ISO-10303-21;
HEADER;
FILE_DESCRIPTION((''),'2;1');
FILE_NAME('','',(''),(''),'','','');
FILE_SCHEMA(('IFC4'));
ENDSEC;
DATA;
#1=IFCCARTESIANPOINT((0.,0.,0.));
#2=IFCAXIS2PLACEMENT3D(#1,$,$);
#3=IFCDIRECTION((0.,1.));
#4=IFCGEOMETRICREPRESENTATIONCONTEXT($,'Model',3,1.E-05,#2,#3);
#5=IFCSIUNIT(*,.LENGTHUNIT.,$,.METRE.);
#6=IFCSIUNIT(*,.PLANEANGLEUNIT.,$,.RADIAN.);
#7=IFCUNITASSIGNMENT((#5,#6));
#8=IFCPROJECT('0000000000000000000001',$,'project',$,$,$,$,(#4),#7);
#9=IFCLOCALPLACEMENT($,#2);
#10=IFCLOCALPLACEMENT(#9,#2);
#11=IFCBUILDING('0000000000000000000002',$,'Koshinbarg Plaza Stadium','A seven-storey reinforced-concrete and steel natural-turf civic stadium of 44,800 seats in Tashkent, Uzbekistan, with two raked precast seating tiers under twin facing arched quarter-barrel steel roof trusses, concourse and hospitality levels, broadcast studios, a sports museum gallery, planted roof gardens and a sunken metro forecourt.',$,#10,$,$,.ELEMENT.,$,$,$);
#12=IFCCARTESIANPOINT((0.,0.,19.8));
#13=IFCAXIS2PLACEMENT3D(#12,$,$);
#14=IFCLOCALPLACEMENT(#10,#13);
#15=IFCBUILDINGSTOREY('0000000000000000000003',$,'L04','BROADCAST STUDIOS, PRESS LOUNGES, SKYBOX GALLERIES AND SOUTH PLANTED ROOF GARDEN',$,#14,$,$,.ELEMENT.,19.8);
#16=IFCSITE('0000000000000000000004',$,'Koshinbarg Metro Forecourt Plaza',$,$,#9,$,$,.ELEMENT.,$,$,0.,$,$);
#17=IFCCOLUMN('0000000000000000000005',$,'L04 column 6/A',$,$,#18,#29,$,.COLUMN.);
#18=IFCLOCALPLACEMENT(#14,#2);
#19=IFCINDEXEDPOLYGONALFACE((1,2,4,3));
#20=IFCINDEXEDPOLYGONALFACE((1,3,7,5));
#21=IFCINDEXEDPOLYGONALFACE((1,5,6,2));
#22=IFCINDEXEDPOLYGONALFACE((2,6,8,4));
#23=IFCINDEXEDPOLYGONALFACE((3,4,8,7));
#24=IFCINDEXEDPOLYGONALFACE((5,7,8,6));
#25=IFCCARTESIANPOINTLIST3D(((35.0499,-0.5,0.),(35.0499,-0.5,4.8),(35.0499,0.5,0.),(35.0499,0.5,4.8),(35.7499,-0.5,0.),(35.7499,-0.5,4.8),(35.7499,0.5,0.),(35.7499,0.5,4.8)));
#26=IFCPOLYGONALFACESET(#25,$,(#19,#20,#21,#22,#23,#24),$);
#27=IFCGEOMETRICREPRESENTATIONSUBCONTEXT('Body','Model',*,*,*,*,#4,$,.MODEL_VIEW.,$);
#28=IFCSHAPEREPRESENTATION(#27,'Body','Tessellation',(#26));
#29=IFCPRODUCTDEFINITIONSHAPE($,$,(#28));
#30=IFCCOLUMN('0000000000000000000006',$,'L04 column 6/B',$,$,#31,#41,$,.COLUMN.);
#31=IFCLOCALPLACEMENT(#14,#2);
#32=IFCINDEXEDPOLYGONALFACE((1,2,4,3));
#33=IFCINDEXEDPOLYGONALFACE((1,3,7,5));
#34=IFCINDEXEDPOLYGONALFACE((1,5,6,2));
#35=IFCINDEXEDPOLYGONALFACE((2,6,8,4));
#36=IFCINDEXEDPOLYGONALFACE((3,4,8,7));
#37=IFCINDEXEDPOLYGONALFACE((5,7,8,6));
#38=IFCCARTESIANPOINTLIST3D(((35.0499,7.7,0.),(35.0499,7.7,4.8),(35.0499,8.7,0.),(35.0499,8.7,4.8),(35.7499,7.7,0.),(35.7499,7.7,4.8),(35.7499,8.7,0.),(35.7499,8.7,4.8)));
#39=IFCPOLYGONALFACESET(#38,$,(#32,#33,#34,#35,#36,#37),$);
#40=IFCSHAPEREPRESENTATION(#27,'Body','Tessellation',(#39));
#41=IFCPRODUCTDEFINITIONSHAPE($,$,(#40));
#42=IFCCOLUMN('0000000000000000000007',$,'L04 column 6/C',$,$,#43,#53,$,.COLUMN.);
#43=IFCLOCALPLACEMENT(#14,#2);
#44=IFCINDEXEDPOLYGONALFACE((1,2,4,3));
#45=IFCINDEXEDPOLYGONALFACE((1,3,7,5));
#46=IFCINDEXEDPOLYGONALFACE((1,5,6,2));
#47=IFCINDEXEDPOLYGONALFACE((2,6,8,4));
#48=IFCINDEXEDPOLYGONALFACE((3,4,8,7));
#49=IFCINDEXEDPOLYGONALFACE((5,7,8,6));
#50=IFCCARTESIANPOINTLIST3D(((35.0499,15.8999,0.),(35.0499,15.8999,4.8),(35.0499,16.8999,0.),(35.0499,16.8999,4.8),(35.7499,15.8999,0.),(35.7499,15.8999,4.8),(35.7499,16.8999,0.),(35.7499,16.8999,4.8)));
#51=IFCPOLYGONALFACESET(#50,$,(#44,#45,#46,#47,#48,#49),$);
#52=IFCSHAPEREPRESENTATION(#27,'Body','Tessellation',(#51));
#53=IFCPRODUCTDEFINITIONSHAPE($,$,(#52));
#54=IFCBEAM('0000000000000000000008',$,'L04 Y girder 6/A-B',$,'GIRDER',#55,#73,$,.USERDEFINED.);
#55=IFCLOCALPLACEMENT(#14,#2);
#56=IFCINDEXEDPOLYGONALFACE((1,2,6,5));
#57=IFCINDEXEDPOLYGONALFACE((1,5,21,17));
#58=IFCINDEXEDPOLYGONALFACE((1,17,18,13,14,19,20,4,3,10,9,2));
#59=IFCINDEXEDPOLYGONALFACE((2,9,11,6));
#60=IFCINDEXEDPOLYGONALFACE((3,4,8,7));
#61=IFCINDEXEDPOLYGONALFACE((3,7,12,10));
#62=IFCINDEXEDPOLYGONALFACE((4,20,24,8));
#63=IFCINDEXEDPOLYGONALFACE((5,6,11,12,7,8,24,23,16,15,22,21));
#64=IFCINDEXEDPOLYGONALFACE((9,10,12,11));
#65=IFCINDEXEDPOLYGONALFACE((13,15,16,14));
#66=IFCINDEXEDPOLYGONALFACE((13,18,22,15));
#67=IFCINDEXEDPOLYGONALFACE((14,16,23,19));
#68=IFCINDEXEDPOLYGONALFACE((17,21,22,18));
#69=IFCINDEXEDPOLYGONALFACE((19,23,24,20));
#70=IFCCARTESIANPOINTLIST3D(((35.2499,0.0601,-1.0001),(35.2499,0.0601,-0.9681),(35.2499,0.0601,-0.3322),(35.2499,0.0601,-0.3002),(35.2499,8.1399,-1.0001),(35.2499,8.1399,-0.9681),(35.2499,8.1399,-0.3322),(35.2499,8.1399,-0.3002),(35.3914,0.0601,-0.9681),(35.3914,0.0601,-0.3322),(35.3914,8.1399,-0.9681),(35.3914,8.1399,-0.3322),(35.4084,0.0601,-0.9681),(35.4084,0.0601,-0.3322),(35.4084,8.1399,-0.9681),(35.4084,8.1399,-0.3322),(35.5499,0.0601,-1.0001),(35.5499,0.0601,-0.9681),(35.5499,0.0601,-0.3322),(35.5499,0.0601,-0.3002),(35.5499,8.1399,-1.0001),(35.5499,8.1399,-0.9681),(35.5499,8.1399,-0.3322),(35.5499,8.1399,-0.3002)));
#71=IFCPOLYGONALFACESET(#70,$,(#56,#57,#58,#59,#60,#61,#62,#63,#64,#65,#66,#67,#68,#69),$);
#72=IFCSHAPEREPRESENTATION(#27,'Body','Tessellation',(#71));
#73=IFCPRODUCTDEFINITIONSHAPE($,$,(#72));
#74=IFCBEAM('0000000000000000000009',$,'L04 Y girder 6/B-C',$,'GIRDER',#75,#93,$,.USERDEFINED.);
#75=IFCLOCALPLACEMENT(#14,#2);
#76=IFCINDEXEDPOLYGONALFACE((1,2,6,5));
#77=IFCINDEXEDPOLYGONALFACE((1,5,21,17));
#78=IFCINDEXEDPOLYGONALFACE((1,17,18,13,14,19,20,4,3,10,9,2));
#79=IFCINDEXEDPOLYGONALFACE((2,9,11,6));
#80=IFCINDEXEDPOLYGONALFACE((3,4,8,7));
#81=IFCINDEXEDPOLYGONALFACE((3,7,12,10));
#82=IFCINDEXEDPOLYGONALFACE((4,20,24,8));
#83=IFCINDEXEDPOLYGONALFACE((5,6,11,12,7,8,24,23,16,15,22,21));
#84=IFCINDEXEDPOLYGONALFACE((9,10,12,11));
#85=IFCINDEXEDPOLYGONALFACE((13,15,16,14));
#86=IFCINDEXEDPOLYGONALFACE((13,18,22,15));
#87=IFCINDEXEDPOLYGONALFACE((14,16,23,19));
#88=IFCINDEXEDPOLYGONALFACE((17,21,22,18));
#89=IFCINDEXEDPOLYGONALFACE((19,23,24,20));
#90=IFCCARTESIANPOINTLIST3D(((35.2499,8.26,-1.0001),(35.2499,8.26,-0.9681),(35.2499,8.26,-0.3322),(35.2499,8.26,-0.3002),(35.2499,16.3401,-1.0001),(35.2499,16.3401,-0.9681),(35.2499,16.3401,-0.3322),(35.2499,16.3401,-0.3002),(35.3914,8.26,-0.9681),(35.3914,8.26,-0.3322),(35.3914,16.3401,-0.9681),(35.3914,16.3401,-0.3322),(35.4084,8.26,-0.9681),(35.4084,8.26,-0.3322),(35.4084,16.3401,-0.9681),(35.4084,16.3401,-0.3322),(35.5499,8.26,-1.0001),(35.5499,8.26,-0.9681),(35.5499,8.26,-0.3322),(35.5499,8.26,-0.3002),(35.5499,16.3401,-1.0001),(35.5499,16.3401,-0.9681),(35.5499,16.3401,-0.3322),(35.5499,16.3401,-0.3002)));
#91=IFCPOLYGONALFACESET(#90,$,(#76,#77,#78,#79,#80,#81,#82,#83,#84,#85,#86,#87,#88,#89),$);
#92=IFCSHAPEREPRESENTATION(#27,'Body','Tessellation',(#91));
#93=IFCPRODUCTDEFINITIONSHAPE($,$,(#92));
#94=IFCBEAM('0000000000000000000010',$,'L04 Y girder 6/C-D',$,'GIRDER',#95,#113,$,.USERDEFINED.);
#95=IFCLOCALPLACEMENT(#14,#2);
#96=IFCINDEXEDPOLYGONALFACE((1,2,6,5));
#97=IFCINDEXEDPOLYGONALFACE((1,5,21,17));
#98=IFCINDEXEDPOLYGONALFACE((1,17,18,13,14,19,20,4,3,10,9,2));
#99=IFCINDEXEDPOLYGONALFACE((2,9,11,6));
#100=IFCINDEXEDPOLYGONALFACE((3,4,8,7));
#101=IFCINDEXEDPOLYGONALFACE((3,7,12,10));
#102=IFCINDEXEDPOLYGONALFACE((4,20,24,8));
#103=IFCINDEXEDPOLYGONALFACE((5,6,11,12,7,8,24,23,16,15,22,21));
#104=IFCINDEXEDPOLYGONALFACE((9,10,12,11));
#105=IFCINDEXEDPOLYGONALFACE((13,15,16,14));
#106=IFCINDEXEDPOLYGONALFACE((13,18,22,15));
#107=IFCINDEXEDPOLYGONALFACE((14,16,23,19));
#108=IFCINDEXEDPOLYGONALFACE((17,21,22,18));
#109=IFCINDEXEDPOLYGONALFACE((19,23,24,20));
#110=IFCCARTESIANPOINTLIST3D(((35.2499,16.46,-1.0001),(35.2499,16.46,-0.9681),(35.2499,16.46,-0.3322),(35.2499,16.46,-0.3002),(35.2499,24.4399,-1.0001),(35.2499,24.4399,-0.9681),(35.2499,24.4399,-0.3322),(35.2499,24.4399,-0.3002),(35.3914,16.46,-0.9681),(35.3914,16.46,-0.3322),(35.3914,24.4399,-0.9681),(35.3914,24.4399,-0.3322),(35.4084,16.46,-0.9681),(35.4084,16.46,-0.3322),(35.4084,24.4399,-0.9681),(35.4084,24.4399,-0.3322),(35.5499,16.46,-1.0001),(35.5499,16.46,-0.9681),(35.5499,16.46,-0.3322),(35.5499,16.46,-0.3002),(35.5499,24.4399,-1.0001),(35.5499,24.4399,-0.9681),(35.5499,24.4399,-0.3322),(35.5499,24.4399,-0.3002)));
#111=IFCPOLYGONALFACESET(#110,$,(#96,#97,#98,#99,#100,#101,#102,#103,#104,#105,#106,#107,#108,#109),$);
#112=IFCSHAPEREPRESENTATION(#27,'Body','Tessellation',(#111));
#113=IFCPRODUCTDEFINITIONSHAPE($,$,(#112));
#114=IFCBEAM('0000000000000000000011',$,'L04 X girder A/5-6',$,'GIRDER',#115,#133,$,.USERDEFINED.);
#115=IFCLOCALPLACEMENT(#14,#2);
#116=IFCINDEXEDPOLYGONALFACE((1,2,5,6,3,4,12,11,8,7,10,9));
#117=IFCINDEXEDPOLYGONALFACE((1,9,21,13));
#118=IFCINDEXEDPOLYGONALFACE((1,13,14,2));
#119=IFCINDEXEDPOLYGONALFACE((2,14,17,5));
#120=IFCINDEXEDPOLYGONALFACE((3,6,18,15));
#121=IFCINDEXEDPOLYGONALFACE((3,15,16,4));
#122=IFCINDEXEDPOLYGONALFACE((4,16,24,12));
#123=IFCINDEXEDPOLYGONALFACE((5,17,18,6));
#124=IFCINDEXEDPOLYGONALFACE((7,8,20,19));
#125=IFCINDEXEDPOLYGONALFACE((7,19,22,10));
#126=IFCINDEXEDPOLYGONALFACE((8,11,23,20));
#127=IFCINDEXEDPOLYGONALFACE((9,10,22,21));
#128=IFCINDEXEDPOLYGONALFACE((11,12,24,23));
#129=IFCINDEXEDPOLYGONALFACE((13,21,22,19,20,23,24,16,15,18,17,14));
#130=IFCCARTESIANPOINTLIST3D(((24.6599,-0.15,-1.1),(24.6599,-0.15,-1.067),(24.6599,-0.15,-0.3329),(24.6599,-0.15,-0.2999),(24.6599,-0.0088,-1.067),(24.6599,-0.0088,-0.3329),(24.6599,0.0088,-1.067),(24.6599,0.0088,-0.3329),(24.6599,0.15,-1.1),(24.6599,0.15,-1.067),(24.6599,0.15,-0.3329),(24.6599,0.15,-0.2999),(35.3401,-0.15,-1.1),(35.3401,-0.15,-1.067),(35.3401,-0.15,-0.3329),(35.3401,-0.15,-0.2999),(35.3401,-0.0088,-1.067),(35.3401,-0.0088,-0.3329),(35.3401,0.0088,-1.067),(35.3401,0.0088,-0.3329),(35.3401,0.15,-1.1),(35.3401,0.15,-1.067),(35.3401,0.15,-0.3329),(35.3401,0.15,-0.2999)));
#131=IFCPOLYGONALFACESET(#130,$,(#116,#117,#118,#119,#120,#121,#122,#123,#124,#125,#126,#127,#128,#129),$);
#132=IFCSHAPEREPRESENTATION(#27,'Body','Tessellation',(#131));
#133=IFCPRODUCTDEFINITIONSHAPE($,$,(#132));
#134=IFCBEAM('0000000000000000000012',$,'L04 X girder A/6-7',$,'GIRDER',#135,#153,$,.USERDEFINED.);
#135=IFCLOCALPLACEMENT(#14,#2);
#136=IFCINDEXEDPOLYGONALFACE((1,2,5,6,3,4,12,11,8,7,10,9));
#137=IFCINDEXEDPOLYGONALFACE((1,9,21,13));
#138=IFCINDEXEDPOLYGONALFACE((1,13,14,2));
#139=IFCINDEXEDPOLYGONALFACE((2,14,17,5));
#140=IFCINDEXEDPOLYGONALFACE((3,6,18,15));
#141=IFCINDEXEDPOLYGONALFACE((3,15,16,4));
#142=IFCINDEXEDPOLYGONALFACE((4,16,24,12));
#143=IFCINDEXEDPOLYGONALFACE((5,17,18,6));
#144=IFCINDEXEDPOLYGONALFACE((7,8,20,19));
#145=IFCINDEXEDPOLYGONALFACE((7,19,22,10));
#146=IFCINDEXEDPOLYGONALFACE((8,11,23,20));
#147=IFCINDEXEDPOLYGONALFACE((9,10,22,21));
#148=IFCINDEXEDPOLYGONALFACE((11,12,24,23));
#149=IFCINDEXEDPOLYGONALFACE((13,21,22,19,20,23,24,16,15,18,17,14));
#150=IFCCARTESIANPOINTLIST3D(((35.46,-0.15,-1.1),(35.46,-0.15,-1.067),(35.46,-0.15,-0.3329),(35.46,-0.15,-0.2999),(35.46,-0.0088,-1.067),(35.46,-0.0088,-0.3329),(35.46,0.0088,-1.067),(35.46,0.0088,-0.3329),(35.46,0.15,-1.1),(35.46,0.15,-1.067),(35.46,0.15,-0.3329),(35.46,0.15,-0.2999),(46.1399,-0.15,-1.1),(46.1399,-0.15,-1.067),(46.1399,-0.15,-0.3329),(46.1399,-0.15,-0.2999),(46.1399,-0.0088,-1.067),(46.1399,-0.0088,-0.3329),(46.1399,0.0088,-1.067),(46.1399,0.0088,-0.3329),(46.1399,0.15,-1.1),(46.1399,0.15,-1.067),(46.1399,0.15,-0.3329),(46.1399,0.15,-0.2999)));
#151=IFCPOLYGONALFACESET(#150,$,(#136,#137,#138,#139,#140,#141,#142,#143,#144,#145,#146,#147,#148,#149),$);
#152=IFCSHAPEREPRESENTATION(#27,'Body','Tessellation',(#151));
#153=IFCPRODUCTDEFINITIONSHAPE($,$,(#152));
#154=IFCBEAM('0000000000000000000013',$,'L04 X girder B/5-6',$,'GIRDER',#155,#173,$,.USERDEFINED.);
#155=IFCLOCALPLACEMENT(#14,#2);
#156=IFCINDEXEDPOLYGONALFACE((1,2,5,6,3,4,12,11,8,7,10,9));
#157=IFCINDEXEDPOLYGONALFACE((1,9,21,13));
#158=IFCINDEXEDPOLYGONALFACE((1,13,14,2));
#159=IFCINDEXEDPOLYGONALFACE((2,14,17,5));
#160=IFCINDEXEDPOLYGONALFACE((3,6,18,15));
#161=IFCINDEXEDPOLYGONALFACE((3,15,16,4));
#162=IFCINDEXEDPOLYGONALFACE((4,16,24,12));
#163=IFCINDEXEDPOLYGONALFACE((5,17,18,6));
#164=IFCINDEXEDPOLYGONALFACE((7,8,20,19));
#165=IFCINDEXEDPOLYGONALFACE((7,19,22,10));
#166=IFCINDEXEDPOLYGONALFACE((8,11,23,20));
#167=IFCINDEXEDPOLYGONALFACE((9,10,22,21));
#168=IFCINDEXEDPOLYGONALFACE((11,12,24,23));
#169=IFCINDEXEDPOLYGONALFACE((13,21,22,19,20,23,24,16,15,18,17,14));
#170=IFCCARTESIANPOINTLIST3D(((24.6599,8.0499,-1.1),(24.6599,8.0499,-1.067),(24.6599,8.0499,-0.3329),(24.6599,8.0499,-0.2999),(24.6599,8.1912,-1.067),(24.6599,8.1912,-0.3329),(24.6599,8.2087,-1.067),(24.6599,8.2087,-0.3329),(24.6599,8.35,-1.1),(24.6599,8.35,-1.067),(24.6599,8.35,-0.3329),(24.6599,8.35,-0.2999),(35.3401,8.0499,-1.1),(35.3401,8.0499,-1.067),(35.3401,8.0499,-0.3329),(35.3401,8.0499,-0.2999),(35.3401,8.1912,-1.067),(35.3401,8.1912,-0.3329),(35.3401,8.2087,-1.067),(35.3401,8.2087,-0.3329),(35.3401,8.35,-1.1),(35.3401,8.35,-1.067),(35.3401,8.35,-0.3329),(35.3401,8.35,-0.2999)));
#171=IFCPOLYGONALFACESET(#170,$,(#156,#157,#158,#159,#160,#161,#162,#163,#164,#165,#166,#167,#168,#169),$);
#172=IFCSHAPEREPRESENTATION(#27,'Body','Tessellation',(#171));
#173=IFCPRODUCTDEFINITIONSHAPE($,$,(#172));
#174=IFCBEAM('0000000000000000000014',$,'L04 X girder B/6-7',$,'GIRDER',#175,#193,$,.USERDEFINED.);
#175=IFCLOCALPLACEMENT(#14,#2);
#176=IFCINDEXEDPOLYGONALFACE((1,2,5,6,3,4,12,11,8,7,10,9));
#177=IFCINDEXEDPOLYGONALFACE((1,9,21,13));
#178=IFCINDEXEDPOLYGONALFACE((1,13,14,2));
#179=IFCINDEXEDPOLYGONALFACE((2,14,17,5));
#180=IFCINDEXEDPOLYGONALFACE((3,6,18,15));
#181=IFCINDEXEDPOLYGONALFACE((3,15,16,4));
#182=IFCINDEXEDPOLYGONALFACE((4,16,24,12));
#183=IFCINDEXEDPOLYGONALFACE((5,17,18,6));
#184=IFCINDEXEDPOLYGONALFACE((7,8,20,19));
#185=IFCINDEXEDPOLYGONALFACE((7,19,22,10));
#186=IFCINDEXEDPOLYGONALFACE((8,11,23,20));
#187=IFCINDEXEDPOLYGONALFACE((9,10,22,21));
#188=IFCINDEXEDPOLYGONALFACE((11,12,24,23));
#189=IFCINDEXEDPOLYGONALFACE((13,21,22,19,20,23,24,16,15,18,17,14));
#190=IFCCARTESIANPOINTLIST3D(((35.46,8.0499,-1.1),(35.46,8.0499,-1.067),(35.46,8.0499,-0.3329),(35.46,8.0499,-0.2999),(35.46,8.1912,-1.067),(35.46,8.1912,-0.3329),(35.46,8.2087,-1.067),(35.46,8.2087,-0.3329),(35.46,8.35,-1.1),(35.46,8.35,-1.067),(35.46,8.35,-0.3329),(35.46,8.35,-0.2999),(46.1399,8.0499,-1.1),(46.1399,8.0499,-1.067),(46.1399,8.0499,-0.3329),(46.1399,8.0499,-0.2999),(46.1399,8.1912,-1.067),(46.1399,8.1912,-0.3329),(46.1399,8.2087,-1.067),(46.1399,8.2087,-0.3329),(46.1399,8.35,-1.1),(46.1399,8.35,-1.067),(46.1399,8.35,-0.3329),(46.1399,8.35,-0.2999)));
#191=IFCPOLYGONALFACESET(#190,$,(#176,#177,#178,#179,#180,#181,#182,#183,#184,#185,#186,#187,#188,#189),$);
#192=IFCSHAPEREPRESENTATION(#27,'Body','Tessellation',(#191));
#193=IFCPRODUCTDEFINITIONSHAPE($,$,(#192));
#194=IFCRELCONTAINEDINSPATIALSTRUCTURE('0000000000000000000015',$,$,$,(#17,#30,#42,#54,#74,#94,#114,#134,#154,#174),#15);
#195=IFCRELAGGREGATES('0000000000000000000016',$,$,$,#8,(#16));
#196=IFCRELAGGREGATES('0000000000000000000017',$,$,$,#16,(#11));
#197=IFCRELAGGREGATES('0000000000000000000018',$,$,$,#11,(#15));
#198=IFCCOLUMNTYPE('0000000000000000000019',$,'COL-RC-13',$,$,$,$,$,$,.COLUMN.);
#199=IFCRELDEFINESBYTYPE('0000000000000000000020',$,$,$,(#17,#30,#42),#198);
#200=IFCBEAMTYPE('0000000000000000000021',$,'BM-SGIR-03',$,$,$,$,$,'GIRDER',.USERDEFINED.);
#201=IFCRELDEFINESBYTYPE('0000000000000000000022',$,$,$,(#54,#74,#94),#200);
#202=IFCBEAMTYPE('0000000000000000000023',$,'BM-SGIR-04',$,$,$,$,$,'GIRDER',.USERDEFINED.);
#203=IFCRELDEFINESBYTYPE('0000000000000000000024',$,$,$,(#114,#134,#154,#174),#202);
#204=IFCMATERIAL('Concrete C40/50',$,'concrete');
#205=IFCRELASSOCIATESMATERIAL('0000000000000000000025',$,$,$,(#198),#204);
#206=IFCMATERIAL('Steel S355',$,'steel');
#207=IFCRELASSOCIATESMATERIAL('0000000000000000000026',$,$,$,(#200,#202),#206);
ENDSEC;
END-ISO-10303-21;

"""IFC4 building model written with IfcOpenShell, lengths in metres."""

from ifc_helpers import new_model, si_unit, direction, frame, origin, origin_2d, place, context, subcontext, project, spatial, rectangle, i_section, extrude, material, material_profile, profile_set, type_object, element, save


model = new_model("IFC4")

# Units and contexts
model_context = context("Model", 3, precision=1e-05, world=origin(), true_north=direction((0.0, 1.0)))
body_context = subcontext(model_context, "Body", "Model", "MODEL_VIEW")
ifc_project = project(units=[si_unit("LENGTHUNIT", "METRE"), si_unit("PLANEANGLEUNIT", "RADIAN")], contexts=[model_context])

# Site, building, storey
site_placement = place(None, origin())
site = spatial("IfcSite", under=ifc_project, at=site_placement, Name="Koshinbarg Metro Forecourt Plaza", CompositionType="ELEMENT", RefElevation=0.0)
building_placement = place(site_placement, origin())
building = spatial("IfcBuilding", under=site, at=building_placement, Name="Koshinbarg Plaza Stadium", Description="A seven-storey reinforced-concrete and steel natural-turf civic stadium of 44,800 seats in Tashkent, Uzbekistan, with two raked precast seating tiers under twin facing arched quarter-barrel steel roof trusses, concourse and hospitality levels, broadcast studios, a sports museum gallery, planted roof gardens and a sunken metro forecourt.", CompositionType="ELEMENT")
storey_placement = place(building_placement, frame((0.0, 0.0, 19.8)))
storey = spatial("IfcBuildingStorey", under=building, at=storey_placement, Name="L04", Description="BROADCAST STUDIOS, PRESS LOUNGES, SKYBOX GALLERIES AND SOUTH PLANTED ROOF GARDEN", CompositionType="ELEMENT", Elevation=19.8)

# Columns
ifc_material_1 = material(Name="Concrete C40/50", Category="concrete")
ifc_material_profile_1 = material_profile(ifc_material_1, rectangle(XDim=0.7, YDim=1.0, at=origin_2d()), Name="RC 700x1000")
ifc_profile_set_1 = profile_set([ifc_material_profile_1], Name="Concrete C40/50")
column_type = type_object("IfcColumnType", Name="COL-RC-13", PredefinedType="COLUMN", material=ifc_profile_set_1)
for number, where, z_axis, x_axis, name in (
    (1, (35.3999, 0.0, 0.0), (0.0, 0.0, 1.0), (1.0, 0.0, 0.0), "L04 column 6/A"),
    (2, (35.3999, 8.2, 0.0), (0.0, 0.0, 1.0), (1.0, 0.0, 0.0), "L04 column 6/B"),
    (3, (35.3999, 16.3999, 0.0), (0.0, 0.0, 1.0), (1.0, 0.0, 0.0), "L04 column 6/C"),
):
    element("IfcColumn", number, at=place(storey_placement, frame(where, z_axis=z_axis, x_axis=x_axis)), inside=storey, type_object=column_type, Name=name, PredefinedType="COLUMN", context=body_context, shape_type="SweptSolid", body=[
        extrude(rectangle(XDim=0.7, YDim=1.0, at=origin_2d()), origin(), (0.0, 0.0, 1.0), 4.8),
    ])

# Beams
ifc_material_2 = material(Name="Steel S355", Category="steel")
ifc_material_profile_2 = material_profile(ifc_material_2, i_section(OverallWidth=0.3, OverallDepth=0.7, WebThickness=0.0171, FlangeThickness=0.032, at=origin_2d()), Name="HEB 700")
ifc_profile_set_2 = profile_set([ifc_material_profile_2], Name="Steel S355")
beam_type_1 = type_object("IfcBeamType", Name="BM-SGIR-03", ElementType="GIRDER", PredefinedType="USERDEFINED", material=ifc_profile_set_2)
beam_1_placement = place(storey_placement, frame((35.3999, 0.0601, -0.6501), z_axis=(0.0, 1.0, 0.0), x_axis=(-1.0, 0.0, 0.0)))
element("IfcBeam", 4, at=beam_1_placement, inside=storey, type_object=beam_type_1, Name="L04 Y girder 6/A-B", ObjectType="GIRDER", PredefinedType="USERDEFINED", context=body_context, shape_type="SweptSolid", body=[
    extrude(i_section(OverallWidth=0.3, OverallDepth=0.7, WebThickness=0.0171, FlangeThickness=0.032, at=origin_2d()), origin(), (0.0, 0.0, 1.0), 8.0798),
])
beam_2_placement = place(storey_placement, frame((35.3999, 8.26, -0.6501), z_axis=(0.0, 1.0, 0.0), x_axis=(-1.0, 0.0, 0.0)))
element("IfcBeam", 5, at=beam_2_placement, inside=storey, type_object=beam_type_1, Name="L04 Y girder 6/B-C", ObjectType="GIRDER", PredefinedType="USERDEFINED", context=body_context, shape_type="SweptSolid", body=[
    extrude(i_section(OverallWidth=0.3, OverallDepth=0.7, WebThickness=0.0171, FlangeThickness=0.032, at=origin_2d()), origin(), (0.0, 0.0, 1.0), 8.0801),
])
beam_3_placement = place(storey_placement, frame((35.3999, 16.46, -0.6501), z_axis=(0.0, 1.0, 0.0), x_axis=(-1.0, 0.0, 0.0)))
element("IfcBeam", 6, at=beam_3_placement, inside=storey, type_object=beam_type_1, Name="L04 Y girder 6/C-D", ObjectType="GIRDER", PredefinedType="USERDEFINED", context=body_context, shape_type="SweptSolid", body=[
    extrude(i_section(OverallWidth=0.3, OverallDepth=0.7, WebThickness=0.0171, FlangeThickness=0.032, at=origin_2d()), origin(), (0.0, 0.0, 1.0), 7.98),
])
ifc_material_profile_3 = material_profile(ifc_material_2, i_section(OverallWidth=0.3, OverallDepth=0.8, WebThickness=0.0176, FlangeThickness=0.033, at=origin_2d()), Name="HEB 800")
ifc_profile_set_3 = profile_set([ifc_material_profile_3], Name="Steel S355")
beam_type_2 = type_object("IfcBeamType", Name="BM-SGIR-04", ElementType="GIRDER", PredefinedType="USERDEFINED", material=ifc_profile_set_3)
beam_4_placement = place(storey_placement, frame((24.6599, 0.0, -0.7), z_axis=(1.0, 0.0, 0.0), x_axis=(0.0, 1.0, 0.0)))
element("IfcBeam", 7, at=beam_4_placement, inside=storey, type_object=beam_type_2, Name="L04 X girder A/5-6", ObjectType="GIRDER", PredefinedType="USERDEFINED", context=body_context, shape_type="SweptSolid", body=[
    extrude(i_section(OverallWidth=0.3, OverallDepth=0.8, WebThickness=0.0176, FlangeThickness=0.033, at=origin_2d()), origin(), (0.0, 0.0, 1.0), 10.6802),
])
beam_5_placement = place(storey_placement, frame((35.46, 0.0, -0.7), z_axis=(1.0, 0.0, 0.0), x_axis=(0.0, 1.0, 0.0)))
element("IfcBeam", 8, at=beam_5_placement, inside=storey, type_object=beam_type_2, Name="L04 X girder A/6-7", ObjectType="GIRDER", PredefinedType="USERDEFINED", context=body_context, shape_type="SweptSolid", body=[
    extrude(i_section(OverallWidth=0.3, OverallDepth=0.8, WebThickness=0.0176, FlangeThickness=0.033, at=origin_2d()), origin(), (0.0, 0.0, 1.0), 10.6799),
])
beam_6_placement = place(storey_placement, frame((24.6599, 8.2, -0.7), z_axis=(1.0, 0.0, 0.0), x_axis=(0.0, 1.0, 0.0)))
element("IfcBeam", 9, at=beam_6_placement, inside=storey, type_object=beam_type_2, Name="L04 X girder B/5-6", ObjectType="GIRDER", PredefinedType="USERDEFINED", context=body_context, shape_type="SweptSolid", body=[
    extrude(i_section(OverallWidth=0.3, OverallDepth=0.8, WebThickness=0.0176, FlangeThickness=0.033, at=origin_2d()), origin(), (0.0, 0.0, 1.0), 10.6802),
])
beam_7_placement = place(storey_placement, frame((35.46, 8.2, -0.7), z_axis=(1.0, 0.0, 0.0), x_axis=(0.0, 1.0, 0.0)))
element("IfcBeam", 10, at=beam_7_placement, inside=storey, type_object=beam_type_2, Name="L04 X girder B/6-7", ObjectType="GIRDER", PredefinedType="USERDEFINED", context=body_context, shape_type="SweptSolid", body=[
    extrude(i_section(OverallWidth=0.3, OverallDepth=0.8, WebThickness=0.0176, FlangeThickness=0.033, at=origin_2d()), origin(), (0.0, 0.0, 1.0), 10.6799),
])

save(model, "model.ifc")
